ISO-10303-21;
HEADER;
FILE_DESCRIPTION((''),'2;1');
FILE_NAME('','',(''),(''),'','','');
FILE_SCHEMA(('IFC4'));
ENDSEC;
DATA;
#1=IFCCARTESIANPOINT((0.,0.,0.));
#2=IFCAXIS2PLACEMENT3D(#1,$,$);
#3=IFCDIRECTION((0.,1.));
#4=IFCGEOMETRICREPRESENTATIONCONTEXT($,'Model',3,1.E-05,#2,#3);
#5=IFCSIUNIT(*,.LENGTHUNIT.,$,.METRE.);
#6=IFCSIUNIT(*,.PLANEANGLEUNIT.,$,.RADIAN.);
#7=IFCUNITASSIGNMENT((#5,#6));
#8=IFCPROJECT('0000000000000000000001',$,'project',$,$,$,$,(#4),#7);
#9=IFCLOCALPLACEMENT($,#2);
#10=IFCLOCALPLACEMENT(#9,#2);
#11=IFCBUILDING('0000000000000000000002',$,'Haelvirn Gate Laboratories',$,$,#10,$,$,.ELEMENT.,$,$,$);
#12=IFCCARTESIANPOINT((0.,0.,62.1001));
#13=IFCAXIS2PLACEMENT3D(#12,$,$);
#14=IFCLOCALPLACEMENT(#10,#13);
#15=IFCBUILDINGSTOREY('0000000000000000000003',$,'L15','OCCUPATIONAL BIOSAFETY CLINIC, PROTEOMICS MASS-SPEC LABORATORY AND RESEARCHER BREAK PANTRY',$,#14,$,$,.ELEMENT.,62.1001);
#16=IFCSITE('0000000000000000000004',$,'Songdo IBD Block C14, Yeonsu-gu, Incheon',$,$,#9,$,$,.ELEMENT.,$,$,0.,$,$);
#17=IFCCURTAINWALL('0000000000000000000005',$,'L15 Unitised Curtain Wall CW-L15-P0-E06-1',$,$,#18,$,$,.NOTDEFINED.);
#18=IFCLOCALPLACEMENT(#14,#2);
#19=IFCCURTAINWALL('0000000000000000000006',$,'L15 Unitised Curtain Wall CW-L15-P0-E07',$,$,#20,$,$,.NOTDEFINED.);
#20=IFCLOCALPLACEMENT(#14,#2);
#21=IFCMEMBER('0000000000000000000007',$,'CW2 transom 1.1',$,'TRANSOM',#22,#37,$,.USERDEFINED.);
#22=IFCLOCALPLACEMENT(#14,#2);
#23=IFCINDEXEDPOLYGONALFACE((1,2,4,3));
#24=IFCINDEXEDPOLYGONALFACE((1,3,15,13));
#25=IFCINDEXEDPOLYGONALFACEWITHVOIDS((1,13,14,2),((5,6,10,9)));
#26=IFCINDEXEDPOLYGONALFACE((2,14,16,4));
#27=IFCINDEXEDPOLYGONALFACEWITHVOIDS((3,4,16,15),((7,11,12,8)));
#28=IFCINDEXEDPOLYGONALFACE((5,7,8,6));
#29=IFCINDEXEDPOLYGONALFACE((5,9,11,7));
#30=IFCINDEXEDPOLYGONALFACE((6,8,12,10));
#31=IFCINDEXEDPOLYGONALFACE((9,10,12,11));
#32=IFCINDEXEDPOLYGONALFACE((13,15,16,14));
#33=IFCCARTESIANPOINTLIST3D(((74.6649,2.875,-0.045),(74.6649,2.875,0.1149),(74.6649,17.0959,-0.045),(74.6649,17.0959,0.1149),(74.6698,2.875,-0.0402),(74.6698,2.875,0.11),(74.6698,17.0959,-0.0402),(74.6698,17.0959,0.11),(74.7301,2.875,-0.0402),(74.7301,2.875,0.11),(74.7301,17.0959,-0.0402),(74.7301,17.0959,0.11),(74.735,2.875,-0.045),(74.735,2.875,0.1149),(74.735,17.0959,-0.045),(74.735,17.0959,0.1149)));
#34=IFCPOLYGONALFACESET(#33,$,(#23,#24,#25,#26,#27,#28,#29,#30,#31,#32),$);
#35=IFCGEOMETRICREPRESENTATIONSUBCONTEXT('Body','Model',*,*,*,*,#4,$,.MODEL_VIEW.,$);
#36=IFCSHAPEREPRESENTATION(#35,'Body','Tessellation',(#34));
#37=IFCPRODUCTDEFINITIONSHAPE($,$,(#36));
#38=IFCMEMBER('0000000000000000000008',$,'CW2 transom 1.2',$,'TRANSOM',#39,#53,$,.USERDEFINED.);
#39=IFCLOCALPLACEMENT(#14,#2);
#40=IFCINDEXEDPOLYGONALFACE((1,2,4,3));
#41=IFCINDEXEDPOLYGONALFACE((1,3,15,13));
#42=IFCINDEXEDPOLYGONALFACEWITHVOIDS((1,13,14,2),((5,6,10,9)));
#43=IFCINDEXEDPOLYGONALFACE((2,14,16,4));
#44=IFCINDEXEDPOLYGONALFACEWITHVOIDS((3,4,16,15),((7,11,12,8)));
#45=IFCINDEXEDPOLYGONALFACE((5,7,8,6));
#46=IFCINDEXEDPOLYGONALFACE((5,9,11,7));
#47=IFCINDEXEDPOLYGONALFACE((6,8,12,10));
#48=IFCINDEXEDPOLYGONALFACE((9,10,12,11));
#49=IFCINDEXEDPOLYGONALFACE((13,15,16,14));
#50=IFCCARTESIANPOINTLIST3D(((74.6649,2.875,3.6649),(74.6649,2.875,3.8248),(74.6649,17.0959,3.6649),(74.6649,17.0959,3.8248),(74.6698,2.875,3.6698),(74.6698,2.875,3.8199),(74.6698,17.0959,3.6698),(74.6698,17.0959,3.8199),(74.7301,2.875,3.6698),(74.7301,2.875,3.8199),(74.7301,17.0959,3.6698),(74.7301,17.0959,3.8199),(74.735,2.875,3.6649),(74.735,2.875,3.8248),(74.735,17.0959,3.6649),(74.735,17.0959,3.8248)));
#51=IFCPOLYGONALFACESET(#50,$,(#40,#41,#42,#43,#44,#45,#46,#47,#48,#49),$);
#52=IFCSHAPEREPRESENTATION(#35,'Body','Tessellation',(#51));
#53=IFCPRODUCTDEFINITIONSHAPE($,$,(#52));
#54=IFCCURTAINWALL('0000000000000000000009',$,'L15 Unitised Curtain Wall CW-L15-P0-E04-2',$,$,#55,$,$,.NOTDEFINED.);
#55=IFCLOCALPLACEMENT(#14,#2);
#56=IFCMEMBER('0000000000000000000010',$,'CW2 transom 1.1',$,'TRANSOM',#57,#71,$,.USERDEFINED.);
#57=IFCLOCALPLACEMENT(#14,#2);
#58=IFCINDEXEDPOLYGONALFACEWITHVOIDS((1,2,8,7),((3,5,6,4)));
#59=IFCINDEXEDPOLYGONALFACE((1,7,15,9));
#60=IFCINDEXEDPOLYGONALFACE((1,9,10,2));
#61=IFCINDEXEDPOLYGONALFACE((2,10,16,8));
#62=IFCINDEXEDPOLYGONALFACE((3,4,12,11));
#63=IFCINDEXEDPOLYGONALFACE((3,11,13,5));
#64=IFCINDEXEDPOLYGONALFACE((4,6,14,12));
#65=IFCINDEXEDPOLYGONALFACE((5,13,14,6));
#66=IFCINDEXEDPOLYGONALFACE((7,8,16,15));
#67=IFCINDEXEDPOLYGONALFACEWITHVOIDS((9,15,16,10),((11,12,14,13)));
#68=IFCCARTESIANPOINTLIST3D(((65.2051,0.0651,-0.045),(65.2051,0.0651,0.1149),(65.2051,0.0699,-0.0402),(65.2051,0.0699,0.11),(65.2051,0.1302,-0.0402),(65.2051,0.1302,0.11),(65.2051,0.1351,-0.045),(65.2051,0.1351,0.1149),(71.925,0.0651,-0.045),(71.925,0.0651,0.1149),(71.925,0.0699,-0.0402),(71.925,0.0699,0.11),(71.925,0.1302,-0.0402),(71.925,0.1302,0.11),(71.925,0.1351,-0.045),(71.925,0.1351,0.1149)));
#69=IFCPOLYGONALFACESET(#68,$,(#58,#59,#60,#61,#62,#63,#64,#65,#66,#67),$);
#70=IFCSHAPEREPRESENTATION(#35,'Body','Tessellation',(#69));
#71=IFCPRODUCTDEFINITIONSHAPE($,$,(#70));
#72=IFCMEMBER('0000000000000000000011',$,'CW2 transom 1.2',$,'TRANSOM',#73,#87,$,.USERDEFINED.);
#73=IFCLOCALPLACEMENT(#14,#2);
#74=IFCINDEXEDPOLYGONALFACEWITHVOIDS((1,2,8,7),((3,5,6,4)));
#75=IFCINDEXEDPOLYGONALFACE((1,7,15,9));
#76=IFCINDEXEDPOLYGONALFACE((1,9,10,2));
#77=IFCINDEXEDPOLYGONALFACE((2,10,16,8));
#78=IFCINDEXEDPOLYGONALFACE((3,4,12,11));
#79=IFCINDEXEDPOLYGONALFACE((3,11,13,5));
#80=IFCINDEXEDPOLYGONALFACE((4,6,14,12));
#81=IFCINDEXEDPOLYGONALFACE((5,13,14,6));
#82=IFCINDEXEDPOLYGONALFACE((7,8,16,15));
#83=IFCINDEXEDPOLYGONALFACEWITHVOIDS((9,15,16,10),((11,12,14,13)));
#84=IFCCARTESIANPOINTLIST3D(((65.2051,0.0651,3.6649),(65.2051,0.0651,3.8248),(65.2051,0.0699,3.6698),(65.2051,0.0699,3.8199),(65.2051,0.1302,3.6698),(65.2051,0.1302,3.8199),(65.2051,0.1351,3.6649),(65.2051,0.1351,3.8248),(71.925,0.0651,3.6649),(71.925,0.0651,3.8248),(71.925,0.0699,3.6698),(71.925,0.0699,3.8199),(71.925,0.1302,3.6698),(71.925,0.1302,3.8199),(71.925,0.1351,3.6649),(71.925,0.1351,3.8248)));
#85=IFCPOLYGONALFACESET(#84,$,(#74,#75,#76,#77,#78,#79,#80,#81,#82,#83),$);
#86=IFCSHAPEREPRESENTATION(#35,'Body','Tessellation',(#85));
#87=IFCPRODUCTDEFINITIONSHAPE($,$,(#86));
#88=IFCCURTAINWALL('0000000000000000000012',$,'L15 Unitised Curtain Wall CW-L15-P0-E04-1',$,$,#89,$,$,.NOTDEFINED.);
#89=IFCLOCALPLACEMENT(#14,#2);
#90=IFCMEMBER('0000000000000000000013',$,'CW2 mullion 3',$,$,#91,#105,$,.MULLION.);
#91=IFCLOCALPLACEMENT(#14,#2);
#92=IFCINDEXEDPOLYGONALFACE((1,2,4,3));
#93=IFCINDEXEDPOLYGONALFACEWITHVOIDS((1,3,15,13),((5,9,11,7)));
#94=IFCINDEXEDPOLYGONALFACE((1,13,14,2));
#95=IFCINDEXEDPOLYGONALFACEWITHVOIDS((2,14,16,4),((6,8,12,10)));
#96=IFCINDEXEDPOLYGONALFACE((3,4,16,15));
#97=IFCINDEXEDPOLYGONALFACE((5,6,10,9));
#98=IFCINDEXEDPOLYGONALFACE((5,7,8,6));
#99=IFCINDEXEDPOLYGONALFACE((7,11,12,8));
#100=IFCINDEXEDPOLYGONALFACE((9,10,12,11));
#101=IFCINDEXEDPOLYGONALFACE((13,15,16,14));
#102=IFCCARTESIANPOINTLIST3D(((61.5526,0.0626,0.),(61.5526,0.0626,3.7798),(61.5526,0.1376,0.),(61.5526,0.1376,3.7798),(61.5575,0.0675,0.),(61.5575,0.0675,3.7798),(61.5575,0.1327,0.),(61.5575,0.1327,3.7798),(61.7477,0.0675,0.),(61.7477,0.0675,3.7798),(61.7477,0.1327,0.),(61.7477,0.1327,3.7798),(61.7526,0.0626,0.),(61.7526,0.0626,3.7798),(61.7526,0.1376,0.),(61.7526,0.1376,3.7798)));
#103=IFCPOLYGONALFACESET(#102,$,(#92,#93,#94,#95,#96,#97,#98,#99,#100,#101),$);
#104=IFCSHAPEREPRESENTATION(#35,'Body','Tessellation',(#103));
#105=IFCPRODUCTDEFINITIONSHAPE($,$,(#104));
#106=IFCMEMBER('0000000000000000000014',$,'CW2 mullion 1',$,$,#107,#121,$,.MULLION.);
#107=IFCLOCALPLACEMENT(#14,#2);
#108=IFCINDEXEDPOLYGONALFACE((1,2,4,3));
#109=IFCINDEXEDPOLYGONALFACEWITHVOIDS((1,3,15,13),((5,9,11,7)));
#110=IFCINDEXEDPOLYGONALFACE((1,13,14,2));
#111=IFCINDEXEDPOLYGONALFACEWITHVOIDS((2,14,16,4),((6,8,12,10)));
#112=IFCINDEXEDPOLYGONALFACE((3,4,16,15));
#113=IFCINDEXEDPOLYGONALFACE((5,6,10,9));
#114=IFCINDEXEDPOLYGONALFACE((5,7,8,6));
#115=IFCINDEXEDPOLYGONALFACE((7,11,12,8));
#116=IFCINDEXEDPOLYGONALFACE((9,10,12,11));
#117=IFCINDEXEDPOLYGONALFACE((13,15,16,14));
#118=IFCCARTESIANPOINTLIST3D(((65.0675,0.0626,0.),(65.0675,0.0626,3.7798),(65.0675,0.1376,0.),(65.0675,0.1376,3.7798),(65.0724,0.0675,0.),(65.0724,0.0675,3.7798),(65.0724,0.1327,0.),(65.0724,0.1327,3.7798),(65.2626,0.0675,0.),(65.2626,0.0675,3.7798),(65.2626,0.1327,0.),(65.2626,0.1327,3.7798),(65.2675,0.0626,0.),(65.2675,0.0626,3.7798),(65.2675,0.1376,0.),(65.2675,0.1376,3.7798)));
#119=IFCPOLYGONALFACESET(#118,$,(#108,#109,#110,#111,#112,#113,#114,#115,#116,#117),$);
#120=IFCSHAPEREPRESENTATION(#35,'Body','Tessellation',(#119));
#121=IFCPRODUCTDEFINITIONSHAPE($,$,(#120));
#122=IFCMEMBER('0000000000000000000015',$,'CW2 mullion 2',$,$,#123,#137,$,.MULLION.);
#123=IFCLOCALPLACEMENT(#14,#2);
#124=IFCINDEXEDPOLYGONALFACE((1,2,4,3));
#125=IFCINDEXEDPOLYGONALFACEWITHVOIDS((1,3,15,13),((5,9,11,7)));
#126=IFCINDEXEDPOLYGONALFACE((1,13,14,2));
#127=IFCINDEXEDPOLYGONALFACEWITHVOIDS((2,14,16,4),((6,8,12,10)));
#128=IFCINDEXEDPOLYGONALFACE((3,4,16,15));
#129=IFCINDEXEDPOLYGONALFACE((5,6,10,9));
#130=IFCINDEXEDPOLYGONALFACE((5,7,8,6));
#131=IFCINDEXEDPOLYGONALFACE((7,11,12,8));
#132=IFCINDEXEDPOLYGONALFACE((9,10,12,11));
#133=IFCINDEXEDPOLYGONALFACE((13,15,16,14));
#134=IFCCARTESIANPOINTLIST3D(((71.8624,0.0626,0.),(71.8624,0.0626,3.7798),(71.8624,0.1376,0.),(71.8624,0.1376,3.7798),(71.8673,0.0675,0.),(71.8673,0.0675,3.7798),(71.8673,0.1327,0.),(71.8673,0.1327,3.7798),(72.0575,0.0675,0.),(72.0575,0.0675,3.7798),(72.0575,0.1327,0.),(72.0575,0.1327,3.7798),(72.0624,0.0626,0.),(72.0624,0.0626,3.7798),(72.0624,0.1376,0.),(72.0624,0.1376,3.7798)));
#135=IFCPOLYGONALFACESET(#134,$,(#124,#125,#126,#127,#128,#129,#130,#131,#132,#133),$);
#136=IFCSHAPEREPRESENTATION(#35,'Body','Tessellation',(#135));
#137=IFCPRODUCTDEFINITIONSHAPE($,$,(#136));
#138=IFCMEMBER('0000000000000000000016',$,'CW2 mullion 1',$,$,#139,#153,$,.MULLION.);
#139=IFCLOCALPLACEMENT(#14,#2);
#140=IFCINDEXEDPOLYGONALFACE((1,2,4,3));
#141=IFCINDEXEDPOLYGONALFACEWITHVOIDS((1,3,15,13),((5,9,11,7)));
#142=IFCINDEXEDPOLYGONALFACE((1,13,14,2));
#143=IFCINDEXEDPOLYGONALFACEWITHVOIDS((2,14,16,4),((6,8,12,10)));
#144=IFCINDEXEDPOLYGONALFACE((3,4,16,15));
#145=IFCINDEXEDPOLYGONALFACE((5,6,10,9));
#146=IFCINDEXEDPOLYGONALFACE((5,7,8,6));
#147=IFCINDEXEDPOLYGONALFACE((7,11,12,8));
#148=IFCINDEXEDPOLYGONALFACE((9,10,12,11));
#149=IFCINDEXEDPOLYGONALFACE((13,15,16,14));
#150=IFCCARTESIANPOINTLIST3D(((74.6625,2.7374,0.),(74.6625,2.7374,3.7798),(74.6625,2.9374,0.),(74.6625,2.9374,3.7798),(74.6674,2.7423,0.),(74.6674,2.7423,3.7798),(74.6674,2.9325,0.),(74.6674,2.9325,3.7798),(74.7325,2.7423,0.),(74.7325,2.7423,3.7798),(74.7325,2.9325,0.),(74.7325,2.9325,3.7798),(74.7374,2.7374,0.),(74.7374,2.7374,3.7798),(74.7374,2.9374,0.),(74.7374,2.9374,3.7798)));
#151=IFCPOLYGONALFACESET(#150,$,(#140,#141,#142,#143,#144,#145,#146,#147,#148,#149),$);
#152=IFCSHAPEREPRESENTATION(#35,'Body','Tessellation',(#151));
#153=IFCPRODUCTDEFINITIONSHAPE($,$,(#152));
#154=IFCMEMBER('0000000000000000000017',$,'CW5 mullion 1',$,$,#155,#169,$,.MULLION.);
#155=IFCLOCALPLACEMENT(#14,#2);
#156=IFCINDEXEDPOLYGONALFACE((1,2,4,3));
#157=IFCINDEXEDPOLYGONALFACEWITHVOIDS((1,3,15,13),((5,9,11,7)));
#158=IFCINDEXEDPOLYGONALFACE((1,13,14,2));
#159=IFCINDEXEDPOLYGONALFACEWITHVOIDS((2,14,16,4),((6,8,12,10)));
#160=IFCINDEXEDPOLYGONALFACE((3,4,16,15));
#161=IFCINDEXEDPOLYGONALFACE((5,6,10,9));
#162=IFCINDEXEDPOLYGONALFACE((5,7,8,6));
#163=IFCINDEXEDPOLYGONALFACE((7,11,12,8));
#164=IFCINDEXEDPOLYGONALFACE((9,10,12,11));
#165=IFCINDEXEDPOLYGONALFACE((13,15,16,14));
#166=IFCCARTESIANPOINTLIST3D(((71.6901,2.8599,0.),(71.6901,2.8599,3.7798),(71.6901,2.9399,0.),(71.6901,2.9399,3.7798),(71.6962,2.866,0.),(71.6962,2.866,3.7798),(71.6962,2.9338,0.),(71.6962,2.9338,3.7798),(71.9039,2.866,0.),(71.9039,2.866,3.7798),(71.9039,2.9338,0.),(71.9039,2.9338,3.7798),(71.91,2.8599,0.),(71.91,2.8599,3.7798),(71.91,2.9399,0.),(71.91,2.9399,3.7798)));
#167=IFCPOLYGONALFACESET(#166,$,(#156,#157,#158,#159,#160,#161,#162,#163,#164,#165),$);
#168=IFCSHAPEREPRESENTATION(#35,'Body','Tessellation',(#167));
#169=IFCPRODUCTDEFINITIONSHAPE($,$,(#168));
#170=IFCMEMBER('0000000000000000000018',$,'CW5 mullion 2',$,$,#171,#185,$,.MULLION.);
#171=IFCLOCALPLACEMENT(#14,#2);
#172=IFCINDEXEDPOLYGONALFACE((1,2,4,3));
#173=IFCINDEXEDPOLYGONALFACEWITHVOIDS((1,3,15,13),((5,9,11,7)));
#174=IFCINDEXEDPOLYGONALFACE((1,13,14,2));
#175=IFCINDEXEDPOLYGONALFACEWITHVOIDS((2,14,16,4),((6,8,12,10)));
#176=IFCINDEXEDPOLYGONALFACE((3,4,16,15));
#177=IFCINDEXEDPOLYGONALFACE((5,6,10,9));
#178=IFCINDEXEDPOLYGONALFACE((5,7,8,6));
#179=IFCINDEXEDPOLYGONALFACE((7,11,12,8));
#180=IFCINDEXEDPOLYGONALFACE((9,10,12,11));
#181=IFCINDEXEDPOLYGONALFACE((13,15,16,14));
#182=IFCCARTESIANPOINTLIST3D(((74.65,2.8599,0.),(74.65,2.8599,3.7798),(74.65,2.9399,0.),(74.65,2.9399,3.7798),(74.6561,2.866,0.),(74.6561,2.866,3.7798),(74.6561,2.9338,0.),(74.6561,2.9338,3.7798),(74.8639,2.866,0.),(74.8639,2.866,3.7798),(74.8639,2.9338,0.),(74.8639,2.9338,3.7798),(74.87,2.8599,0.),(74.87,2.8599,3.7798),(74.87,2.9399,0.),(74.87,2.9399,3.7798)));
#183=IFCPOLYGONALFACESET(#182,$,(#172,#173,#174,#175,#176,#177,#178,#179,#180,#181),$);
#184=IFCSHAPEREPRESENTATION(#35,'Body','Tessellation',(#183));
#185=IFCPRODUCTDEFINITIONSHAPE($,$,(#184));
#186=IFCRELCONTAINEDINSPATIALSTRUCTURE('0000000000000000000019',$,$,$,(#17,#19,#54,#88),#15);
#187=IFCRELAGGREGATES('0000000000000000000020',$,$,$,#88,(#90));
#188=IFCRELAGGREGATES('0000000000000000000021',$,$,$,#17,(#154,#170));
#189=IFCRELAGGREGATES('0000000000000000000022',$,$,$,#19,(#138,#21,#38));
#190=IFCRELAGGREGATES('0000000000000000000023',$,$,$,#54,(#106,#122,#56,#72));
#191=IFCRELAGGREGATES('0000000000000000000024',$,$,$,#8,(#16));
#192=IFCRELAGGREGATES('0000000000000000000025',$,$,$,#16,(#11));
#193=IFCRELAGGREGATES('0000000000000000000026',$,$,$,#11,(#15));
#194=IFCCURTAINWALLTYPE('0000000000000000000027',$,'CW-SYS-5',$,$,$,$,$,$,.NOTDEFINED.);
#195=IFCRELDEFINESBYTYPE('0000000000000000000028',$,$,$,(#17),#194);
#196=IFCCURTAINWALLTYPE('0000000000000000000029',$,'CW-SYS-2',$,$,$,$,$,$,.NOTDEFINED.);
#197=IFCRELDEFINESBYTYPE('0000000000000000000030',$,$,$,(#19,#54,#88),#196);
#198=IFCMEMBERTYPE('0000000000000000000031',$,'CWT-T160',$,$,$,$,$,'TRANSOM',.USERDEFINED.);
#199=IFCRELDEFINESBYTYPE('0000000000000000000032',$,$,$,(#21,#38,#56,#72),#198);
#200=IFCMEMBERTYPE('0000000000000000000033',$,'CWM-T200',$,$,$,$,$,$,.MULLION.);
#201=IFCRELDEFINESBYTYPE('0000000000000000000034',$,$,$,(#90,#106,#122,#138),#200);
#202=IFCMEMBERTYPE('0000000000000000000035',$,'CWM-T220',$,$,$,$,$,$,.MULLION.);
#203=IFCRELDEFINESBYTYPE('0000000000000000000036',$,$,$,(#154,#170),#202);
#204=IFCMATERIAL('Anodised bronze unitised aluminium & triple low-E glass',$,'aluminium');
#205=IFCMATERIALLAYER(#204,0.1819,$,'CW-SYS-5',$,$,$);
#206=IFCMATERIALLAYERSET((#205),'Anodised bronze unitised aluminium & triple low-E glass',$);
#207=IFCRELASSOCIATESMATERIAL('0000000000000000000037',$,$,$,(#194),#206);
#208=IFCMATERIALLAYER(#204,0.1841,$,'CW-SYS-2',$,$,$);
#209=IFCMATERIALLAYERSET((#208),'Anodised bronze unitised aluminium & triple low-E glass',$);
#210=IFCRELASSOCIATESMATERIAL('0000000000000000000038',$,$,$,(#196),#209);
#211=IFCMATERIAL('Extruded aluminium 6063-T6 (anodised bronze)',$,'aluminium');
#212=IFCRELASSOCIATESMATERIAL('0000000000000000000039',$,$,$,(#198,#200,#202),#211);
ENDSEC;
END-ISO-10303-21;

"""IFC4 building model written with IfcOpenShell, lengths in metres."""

from ifc_helpers import new_model, si_unit, direction, frame, origin, origin_2d, place, context, subcontext, project, spatial, hollow_rectangle, extrude, source, transform, mapped, material, layer, layer_set, material_profile, profile_set, type_object, type_shapes, element, aggregate, save


model = new_model("IFC4")

# Units and contexts
model_context = context("Model", 3, precision=1e-05, world=origin(), true_north=direction((0.0, 1.0)))
body_context = subcontext(model_context, "Body", "Model", "MODEL_VIEW")
ifc_project = project(units=[si_unit("LENGTHUNIT", "METRE"), si_unit("PLANEANGLEUNIT", "RADIAN")], contexts=[model_context])

# Site, building, storey
site_placement = place(None, origin())
site = spatial("IfcSite", under=ifc_project, at=site_placement, Name="Songdo IBD Block C14, Yeonsu-gu, Incheon", CompositionType="ELEMENT", RefElevation=0.0)
building_placement = place(site_placement, origin())
building = spatial("IfcBuilding", under=site, at=building_placement, Name="Haelvirn Gate Laboratories", CompositionType="ELEMENT")
storey_placement = place(building_placement, frame((0.0, 0.0, 62.1001)))
storey = spatial("IfcBuildingStorey", under=building, at=storey_placement, Name="L15", Description="OCCUPATIONAL BIOSAFETY CLINIC, PROTEOMICS MASS-SPEC LABORATORY AND RESEARCHER BREAK PANTRY", CompositionType="ELEMENT", Elevation=62.1001)

# Curtain walls, members
ifc_material_1 = material(Name="Anodised bronze unitised aluminium & triple low-E glass", Category="aluminium")
ifc_layer_1 = layer(ifc_material_1, 0.1819, Name="CW-SYS-5")
ifc_layer_set_1 = layer_set([ifc_layer_1], Name="Anodised bronze unitised aluminium & triple low-E glass")
curtain_wall_type_1 = type_object("IfcCurtainWallType", Name="CW-SYS-5", PredefinedType="NOTDEFINED", material=ifc_layer_set_1)
curtain_wall_1_placement = place(storey_placement, origin())
curtain_wall_1 = element("IfcCurtainWall", 1, at=curtain_wall_1_placement, inside=storey, type_object=curtain_wall_type_1, Name="L15 Unitised Curtain Wall CW-L15-P0-E06-1", PredefinedType="NOTDEFINED")
ifc_material_2 = material(Name="Extruded aluminium 6063-T6 (anodised bronze)", Category="aluminium")
ifc_layer_2 = layer(ifc_material_1, 0.1841, Name="CW-SYS-2")
ifc_layer_set_2 = layer_set([ifc_layer_2], Name="Anodised bronze unitised aluminium & triple low-E glass")
curtain_wall_type_2 = type_object("IfcCurtainWallType", Name="CW-SYS-2", PredefinedType="NOTDEFINED", material=ifc_layer_set_2)
curtain_wall_2_placement = place(storey_placement, origin())
curtain_wall_2 = element("IfcCurtainWall", 2, at=curtain_wall_2_placement, inside=storey, type_object=curtain_wall_type_2, Name="L15 Unitised Curtain Wall CW-L15-P0-E07", PredefinedType="NOTDEFINED")
ifc_material_profile_1 = material_profile(ifc_material_2, hollow_rectangle(XDim=0.0701, YDim=0.1599, WallThickness=0.0049, at=origin_2d()), Name="CWT-160x70x5")
ifc_profile_set_1 = profile_set([ifc_material_profile_1], Name="Extruded aluminium 6063-T6 (anodised bronze)")
member_type_1 = type_object("IfcMemberType", Name="CWT-T160", ElementType="TRANSOM", PredefinedType="USERDEFINED", material=ifc_profile_set_1)
shared_shape_1 = source(origin(), body_context, "Body", "SweptSolid", [
    extrude(hollow_rectangle(XDim=0.0701, YDim=0.1599, WallThickness=0.0049, at=origin_2d()), origin(), (0.0, 0.0, 1.0), 14.2209),
])
member_1_placement = place(storey_placement, frame((74.7, 2.875, 0.0349), z_axis=(0.0, 1.0, 0.0), x_axis=(-1.0, 0.0, 0.0)))
member_1 = element("IfcMember", 3, at=member_1_placement, type_object=member_type_1, Name="CW2 transom 1.1", ObjectType="TRANSOM", PredefinedType="USERDEFINED", context=body_context, shape_type="MappedRepresentation", body=[
    mapped(shared_shape_1, transform((0.0, 0.0, 0.0), scale=1.0)),
])
member_2_placement = place(storey_placement, frame((74.7, 2.875, 3.7449), z_axis=(0.0, 1.0, 0.0), x_axis=(-1.0, 0.0, 0.0)))
member_2 = element("IfcMember", 4, at=member_2_placement, type_object=member_type_1, Name="CW2 transom 1.2", ObjectType="TRANSOM", PredefinedType="USERDEFINED", context=body_context, shape_type="MappedRepresentation", body=[
    mapped(shared_shape_1, transform((0.0, 0.0, 0.0), scale=1.0)),
])
curtain_wall_3_placement = place(storey_placement, origin())
curtain_wall_3 = element("IfcCurtainWall", 5, at=curtain_wall_3_placement, inside=storey, type_object=curtain_wall_type_2, Name="L15 Unitised Curtain Wall CW-L15-P0-E04-2", PredefinedType="NOTDEFINED")
shared_shape_2 = source(origin(), body_context, "Body", "SweptSolid", [
    extrude(hollow_rectangle(XDim=0.0701, YDim=0.1599, WallThickness=0.0049, at=origin_2d()), origin(), (0.0, 0.0, 1.0), 6.72),
])
type_shapes(member_type_1, [shared_shape_1, shared_shape_2])
member_3_placement = place(storey_placement, frame((65.2051, 0.1001, 0.0349), z_axis=(1.0, 0.0, 0.0), x_axis=(0.0, 1.0, 0.0)))
member_3 = element("IfcMember", 6, at=member_3_placement, type_object=member_type_1, Name="CW2 transom 1.1", ObjectType="TRANSOM", PredefinedType="USERDEFINED", context=body_context, shape_type="MappedRepresentation", body=[
    mapped(shared_shape_2, transform((0.0, 0.0, 0.0), scale=1.0)),
])
member_4_placement = place(storey_placement, frame((65.2051, 0.1001, 3.7449), z_axis=(1.0, 0.0, 0.0), x_axis=(0.0, 1.0, 0.0)))
member_4 = element("IfcMember", 7, at=member_4_placement, type_object=member_type_1, Name="CW2 transom 1.2", ObjectType="TRANSOM", PredefinedType="USERDEFINED", context=body_context, shape_type="MappedRepresentation", body=[
    mapped(shared_shape_2, transform((0.0, 0.0, 0.0), scale=1.0)),
])

# Curtain wall, member
curtain_wall_4_placement = place(storey_placement, origin())
curtain_wall_4 = element("IfcCurtainWall", 8, at=curtain_wall_4_placement, inside=storey, type_object=curtain_wall_type_2, Name="L15 Unitised Curtain Wall CW-L15-P0-E04-1", PredefinedType="NOTDEFINED")
ifc_material_profile_2 = material_profile(ifc_material_2, hollow_rectangle(XDim=0.075, YDim=0.2, WallThickness=0.0049, at=origin_2d()), Name="CWM-200x75x5")
ifc_profile_set_2 = profile_set([ifc_material_profile_2], Name="Extruded aluminium 6063-T6 (anodised bronze)")
member_type_2 = type_object("IfcMemberType", Name="CWM-T200", PredefinedType="MULLION", material=ifc_profile_set_2)
shared_shape_3 = source(origin(), body_context, "Body", "SweptSolid", [
    extrude(hollow_rectangle(XDim=0.075, YDim=0.2, WallThickness=0.0049, at=origin_2d()), origin(), (0.0, 0.0, 1.0), 3.7798),
])
type_shapes(member_type_2, [shared_shape_3])
member_5_placement = place(storey_placement, frame((61.6526, 0.1001, 0.0), z_axis=(0.0, 0.0, 1.0), x_axis=(0.0, 1.0, 0.0)))
member_5 = element("IfcMember", 9, at=member_5_placement, type_object=member_type_2, Name="CW2 mullion 3", PredefinedType="MULLION", context=body_context, shape_type="MappedRepresentation", body=[
    mapped(shared_shape_3, transform((0.0, 0.0, 0.0), scale=1.0)),
])
aggregate(curtain_wall_4, [member_5])

# Members
member_6_placement = place(storey_placement, frame((65.1675, 0.1001, 0.0), z_axis=(0.0, 0.0, 1.0), x_axis=(0.0, 1.0, 0.0)))
member_6 = element("IfcMember", 10, at=member_6_placement, type_object=member_type_2, Name="CW2 mullion 1", PredefinedType="MULLION", context=body_context, shape_type="MappedRepresentation", body=[
    mapped(shared_shape_3, transform((0.0, 0.0, 0.0), scale=1.0)),
])
member_7_placement = place(storey_placement, frame((71.9624, 0.1001, 0.0), z_axis=(0.0, 0.0, 1.0), x_axis=(0.0, 1.0, 0.0)))
member_7 = element("IfcMember", 11, at=member_7_placement, type_object=member_type_2, Name="CW2 mullion 2", PredefinedType="MULLION", context=body_context, shape_type="MappedRepresentation", body=[
    mapped(shared_shape_3, transform((0.0, 0.0, 0.0), scale=1.0)),
])
member_8_placement = place(storey_placement, frame((74.7, 2.8374, 0.0), z_axis=(0.0, 0.0, 1.0), x_axis=(-1.0, 0.0, 0.0)))
member_8 = element("IfcMember", 12, at=member_8_placement, type_object=member_type_2, Name="CW2 mullion 1", PredefinedType="MULLION", context=body_context, shape_type="MappedRepresentation", body=[
    mapped(shared_shape_3, transform((0.0, 0.0, 0.0), scale=1.0)),
])
ifc_material_profile_3 = material_profile(ifc_material_2, hollow_rectangle(XDim=0.0801, YDim=0.22, WallThickness=0.0061, at=origin_2d()), Name="CWM-220x80x6")
ifc_profile_set_3 = profile_set([ifc_material_profile_3], Name="Extruded aluminium 6063-T6 (anodised bronze)")
member_type_3 = type_object("IfcMemberType", Name="CWM-T220", PredefinedType="MULLION", material=ifc_profile_set_3)
shared_shape_4 = source(origin(), body_context, "Body", "SweptSolid", [
    extrude(hollow_rectangle(XDim=0.0801, YDim=0.22, WallThickness=0.0061, at=origin_2d()), origin(), (0.0, 0.0, 1.0), 3.7798),
])
type_shapes(member_type_3, [shared_shape_4])
member_9_placement = place(storey_placement, frame((71.8, 2.8999, 0.0), z_axis=(0.0, 0.0, 1.0), x_axis=(0.0, 1.0, 0.0)))
member_9 = element("IfcMember", 13, at=member_9_placement, type_object=member_type_3, Name="CW5 mullion 1", PredefinedType="MULLION", context=body_context, shape_type="MappedRepresentation", body=[
    mapped(shared_shape_4, transform((0.0, 0.0, 0.0), scale=1.0)),
])
member_10_placement = place(storey_placement, frame((74.76, 2.8999, 0.0), z_axis=(0.0, 0.0, 1.0), x_axis=(0.0, 1.0, 0.0)))
member_10 = element("IfcMember", 14, at=member_10_placement, type_object=member_type_3, Name="CW5 mullion 2", PredefinedType="MULLION", context=body_context, shape_type="MappedRepresentation", body=[
    mapped(shared_shape_4, transform((0.0, 0.0, 0.0), scale=1.0)),
])

aggregate(curtain_wall_1, [member_9, member_10])
aggregate(curtain_wall_2, [member_8, member_1, member_2])
aggregate(curtain_wall_3, [member_6, member_7, member_3, member_4])

save(model, "model.ifc")
